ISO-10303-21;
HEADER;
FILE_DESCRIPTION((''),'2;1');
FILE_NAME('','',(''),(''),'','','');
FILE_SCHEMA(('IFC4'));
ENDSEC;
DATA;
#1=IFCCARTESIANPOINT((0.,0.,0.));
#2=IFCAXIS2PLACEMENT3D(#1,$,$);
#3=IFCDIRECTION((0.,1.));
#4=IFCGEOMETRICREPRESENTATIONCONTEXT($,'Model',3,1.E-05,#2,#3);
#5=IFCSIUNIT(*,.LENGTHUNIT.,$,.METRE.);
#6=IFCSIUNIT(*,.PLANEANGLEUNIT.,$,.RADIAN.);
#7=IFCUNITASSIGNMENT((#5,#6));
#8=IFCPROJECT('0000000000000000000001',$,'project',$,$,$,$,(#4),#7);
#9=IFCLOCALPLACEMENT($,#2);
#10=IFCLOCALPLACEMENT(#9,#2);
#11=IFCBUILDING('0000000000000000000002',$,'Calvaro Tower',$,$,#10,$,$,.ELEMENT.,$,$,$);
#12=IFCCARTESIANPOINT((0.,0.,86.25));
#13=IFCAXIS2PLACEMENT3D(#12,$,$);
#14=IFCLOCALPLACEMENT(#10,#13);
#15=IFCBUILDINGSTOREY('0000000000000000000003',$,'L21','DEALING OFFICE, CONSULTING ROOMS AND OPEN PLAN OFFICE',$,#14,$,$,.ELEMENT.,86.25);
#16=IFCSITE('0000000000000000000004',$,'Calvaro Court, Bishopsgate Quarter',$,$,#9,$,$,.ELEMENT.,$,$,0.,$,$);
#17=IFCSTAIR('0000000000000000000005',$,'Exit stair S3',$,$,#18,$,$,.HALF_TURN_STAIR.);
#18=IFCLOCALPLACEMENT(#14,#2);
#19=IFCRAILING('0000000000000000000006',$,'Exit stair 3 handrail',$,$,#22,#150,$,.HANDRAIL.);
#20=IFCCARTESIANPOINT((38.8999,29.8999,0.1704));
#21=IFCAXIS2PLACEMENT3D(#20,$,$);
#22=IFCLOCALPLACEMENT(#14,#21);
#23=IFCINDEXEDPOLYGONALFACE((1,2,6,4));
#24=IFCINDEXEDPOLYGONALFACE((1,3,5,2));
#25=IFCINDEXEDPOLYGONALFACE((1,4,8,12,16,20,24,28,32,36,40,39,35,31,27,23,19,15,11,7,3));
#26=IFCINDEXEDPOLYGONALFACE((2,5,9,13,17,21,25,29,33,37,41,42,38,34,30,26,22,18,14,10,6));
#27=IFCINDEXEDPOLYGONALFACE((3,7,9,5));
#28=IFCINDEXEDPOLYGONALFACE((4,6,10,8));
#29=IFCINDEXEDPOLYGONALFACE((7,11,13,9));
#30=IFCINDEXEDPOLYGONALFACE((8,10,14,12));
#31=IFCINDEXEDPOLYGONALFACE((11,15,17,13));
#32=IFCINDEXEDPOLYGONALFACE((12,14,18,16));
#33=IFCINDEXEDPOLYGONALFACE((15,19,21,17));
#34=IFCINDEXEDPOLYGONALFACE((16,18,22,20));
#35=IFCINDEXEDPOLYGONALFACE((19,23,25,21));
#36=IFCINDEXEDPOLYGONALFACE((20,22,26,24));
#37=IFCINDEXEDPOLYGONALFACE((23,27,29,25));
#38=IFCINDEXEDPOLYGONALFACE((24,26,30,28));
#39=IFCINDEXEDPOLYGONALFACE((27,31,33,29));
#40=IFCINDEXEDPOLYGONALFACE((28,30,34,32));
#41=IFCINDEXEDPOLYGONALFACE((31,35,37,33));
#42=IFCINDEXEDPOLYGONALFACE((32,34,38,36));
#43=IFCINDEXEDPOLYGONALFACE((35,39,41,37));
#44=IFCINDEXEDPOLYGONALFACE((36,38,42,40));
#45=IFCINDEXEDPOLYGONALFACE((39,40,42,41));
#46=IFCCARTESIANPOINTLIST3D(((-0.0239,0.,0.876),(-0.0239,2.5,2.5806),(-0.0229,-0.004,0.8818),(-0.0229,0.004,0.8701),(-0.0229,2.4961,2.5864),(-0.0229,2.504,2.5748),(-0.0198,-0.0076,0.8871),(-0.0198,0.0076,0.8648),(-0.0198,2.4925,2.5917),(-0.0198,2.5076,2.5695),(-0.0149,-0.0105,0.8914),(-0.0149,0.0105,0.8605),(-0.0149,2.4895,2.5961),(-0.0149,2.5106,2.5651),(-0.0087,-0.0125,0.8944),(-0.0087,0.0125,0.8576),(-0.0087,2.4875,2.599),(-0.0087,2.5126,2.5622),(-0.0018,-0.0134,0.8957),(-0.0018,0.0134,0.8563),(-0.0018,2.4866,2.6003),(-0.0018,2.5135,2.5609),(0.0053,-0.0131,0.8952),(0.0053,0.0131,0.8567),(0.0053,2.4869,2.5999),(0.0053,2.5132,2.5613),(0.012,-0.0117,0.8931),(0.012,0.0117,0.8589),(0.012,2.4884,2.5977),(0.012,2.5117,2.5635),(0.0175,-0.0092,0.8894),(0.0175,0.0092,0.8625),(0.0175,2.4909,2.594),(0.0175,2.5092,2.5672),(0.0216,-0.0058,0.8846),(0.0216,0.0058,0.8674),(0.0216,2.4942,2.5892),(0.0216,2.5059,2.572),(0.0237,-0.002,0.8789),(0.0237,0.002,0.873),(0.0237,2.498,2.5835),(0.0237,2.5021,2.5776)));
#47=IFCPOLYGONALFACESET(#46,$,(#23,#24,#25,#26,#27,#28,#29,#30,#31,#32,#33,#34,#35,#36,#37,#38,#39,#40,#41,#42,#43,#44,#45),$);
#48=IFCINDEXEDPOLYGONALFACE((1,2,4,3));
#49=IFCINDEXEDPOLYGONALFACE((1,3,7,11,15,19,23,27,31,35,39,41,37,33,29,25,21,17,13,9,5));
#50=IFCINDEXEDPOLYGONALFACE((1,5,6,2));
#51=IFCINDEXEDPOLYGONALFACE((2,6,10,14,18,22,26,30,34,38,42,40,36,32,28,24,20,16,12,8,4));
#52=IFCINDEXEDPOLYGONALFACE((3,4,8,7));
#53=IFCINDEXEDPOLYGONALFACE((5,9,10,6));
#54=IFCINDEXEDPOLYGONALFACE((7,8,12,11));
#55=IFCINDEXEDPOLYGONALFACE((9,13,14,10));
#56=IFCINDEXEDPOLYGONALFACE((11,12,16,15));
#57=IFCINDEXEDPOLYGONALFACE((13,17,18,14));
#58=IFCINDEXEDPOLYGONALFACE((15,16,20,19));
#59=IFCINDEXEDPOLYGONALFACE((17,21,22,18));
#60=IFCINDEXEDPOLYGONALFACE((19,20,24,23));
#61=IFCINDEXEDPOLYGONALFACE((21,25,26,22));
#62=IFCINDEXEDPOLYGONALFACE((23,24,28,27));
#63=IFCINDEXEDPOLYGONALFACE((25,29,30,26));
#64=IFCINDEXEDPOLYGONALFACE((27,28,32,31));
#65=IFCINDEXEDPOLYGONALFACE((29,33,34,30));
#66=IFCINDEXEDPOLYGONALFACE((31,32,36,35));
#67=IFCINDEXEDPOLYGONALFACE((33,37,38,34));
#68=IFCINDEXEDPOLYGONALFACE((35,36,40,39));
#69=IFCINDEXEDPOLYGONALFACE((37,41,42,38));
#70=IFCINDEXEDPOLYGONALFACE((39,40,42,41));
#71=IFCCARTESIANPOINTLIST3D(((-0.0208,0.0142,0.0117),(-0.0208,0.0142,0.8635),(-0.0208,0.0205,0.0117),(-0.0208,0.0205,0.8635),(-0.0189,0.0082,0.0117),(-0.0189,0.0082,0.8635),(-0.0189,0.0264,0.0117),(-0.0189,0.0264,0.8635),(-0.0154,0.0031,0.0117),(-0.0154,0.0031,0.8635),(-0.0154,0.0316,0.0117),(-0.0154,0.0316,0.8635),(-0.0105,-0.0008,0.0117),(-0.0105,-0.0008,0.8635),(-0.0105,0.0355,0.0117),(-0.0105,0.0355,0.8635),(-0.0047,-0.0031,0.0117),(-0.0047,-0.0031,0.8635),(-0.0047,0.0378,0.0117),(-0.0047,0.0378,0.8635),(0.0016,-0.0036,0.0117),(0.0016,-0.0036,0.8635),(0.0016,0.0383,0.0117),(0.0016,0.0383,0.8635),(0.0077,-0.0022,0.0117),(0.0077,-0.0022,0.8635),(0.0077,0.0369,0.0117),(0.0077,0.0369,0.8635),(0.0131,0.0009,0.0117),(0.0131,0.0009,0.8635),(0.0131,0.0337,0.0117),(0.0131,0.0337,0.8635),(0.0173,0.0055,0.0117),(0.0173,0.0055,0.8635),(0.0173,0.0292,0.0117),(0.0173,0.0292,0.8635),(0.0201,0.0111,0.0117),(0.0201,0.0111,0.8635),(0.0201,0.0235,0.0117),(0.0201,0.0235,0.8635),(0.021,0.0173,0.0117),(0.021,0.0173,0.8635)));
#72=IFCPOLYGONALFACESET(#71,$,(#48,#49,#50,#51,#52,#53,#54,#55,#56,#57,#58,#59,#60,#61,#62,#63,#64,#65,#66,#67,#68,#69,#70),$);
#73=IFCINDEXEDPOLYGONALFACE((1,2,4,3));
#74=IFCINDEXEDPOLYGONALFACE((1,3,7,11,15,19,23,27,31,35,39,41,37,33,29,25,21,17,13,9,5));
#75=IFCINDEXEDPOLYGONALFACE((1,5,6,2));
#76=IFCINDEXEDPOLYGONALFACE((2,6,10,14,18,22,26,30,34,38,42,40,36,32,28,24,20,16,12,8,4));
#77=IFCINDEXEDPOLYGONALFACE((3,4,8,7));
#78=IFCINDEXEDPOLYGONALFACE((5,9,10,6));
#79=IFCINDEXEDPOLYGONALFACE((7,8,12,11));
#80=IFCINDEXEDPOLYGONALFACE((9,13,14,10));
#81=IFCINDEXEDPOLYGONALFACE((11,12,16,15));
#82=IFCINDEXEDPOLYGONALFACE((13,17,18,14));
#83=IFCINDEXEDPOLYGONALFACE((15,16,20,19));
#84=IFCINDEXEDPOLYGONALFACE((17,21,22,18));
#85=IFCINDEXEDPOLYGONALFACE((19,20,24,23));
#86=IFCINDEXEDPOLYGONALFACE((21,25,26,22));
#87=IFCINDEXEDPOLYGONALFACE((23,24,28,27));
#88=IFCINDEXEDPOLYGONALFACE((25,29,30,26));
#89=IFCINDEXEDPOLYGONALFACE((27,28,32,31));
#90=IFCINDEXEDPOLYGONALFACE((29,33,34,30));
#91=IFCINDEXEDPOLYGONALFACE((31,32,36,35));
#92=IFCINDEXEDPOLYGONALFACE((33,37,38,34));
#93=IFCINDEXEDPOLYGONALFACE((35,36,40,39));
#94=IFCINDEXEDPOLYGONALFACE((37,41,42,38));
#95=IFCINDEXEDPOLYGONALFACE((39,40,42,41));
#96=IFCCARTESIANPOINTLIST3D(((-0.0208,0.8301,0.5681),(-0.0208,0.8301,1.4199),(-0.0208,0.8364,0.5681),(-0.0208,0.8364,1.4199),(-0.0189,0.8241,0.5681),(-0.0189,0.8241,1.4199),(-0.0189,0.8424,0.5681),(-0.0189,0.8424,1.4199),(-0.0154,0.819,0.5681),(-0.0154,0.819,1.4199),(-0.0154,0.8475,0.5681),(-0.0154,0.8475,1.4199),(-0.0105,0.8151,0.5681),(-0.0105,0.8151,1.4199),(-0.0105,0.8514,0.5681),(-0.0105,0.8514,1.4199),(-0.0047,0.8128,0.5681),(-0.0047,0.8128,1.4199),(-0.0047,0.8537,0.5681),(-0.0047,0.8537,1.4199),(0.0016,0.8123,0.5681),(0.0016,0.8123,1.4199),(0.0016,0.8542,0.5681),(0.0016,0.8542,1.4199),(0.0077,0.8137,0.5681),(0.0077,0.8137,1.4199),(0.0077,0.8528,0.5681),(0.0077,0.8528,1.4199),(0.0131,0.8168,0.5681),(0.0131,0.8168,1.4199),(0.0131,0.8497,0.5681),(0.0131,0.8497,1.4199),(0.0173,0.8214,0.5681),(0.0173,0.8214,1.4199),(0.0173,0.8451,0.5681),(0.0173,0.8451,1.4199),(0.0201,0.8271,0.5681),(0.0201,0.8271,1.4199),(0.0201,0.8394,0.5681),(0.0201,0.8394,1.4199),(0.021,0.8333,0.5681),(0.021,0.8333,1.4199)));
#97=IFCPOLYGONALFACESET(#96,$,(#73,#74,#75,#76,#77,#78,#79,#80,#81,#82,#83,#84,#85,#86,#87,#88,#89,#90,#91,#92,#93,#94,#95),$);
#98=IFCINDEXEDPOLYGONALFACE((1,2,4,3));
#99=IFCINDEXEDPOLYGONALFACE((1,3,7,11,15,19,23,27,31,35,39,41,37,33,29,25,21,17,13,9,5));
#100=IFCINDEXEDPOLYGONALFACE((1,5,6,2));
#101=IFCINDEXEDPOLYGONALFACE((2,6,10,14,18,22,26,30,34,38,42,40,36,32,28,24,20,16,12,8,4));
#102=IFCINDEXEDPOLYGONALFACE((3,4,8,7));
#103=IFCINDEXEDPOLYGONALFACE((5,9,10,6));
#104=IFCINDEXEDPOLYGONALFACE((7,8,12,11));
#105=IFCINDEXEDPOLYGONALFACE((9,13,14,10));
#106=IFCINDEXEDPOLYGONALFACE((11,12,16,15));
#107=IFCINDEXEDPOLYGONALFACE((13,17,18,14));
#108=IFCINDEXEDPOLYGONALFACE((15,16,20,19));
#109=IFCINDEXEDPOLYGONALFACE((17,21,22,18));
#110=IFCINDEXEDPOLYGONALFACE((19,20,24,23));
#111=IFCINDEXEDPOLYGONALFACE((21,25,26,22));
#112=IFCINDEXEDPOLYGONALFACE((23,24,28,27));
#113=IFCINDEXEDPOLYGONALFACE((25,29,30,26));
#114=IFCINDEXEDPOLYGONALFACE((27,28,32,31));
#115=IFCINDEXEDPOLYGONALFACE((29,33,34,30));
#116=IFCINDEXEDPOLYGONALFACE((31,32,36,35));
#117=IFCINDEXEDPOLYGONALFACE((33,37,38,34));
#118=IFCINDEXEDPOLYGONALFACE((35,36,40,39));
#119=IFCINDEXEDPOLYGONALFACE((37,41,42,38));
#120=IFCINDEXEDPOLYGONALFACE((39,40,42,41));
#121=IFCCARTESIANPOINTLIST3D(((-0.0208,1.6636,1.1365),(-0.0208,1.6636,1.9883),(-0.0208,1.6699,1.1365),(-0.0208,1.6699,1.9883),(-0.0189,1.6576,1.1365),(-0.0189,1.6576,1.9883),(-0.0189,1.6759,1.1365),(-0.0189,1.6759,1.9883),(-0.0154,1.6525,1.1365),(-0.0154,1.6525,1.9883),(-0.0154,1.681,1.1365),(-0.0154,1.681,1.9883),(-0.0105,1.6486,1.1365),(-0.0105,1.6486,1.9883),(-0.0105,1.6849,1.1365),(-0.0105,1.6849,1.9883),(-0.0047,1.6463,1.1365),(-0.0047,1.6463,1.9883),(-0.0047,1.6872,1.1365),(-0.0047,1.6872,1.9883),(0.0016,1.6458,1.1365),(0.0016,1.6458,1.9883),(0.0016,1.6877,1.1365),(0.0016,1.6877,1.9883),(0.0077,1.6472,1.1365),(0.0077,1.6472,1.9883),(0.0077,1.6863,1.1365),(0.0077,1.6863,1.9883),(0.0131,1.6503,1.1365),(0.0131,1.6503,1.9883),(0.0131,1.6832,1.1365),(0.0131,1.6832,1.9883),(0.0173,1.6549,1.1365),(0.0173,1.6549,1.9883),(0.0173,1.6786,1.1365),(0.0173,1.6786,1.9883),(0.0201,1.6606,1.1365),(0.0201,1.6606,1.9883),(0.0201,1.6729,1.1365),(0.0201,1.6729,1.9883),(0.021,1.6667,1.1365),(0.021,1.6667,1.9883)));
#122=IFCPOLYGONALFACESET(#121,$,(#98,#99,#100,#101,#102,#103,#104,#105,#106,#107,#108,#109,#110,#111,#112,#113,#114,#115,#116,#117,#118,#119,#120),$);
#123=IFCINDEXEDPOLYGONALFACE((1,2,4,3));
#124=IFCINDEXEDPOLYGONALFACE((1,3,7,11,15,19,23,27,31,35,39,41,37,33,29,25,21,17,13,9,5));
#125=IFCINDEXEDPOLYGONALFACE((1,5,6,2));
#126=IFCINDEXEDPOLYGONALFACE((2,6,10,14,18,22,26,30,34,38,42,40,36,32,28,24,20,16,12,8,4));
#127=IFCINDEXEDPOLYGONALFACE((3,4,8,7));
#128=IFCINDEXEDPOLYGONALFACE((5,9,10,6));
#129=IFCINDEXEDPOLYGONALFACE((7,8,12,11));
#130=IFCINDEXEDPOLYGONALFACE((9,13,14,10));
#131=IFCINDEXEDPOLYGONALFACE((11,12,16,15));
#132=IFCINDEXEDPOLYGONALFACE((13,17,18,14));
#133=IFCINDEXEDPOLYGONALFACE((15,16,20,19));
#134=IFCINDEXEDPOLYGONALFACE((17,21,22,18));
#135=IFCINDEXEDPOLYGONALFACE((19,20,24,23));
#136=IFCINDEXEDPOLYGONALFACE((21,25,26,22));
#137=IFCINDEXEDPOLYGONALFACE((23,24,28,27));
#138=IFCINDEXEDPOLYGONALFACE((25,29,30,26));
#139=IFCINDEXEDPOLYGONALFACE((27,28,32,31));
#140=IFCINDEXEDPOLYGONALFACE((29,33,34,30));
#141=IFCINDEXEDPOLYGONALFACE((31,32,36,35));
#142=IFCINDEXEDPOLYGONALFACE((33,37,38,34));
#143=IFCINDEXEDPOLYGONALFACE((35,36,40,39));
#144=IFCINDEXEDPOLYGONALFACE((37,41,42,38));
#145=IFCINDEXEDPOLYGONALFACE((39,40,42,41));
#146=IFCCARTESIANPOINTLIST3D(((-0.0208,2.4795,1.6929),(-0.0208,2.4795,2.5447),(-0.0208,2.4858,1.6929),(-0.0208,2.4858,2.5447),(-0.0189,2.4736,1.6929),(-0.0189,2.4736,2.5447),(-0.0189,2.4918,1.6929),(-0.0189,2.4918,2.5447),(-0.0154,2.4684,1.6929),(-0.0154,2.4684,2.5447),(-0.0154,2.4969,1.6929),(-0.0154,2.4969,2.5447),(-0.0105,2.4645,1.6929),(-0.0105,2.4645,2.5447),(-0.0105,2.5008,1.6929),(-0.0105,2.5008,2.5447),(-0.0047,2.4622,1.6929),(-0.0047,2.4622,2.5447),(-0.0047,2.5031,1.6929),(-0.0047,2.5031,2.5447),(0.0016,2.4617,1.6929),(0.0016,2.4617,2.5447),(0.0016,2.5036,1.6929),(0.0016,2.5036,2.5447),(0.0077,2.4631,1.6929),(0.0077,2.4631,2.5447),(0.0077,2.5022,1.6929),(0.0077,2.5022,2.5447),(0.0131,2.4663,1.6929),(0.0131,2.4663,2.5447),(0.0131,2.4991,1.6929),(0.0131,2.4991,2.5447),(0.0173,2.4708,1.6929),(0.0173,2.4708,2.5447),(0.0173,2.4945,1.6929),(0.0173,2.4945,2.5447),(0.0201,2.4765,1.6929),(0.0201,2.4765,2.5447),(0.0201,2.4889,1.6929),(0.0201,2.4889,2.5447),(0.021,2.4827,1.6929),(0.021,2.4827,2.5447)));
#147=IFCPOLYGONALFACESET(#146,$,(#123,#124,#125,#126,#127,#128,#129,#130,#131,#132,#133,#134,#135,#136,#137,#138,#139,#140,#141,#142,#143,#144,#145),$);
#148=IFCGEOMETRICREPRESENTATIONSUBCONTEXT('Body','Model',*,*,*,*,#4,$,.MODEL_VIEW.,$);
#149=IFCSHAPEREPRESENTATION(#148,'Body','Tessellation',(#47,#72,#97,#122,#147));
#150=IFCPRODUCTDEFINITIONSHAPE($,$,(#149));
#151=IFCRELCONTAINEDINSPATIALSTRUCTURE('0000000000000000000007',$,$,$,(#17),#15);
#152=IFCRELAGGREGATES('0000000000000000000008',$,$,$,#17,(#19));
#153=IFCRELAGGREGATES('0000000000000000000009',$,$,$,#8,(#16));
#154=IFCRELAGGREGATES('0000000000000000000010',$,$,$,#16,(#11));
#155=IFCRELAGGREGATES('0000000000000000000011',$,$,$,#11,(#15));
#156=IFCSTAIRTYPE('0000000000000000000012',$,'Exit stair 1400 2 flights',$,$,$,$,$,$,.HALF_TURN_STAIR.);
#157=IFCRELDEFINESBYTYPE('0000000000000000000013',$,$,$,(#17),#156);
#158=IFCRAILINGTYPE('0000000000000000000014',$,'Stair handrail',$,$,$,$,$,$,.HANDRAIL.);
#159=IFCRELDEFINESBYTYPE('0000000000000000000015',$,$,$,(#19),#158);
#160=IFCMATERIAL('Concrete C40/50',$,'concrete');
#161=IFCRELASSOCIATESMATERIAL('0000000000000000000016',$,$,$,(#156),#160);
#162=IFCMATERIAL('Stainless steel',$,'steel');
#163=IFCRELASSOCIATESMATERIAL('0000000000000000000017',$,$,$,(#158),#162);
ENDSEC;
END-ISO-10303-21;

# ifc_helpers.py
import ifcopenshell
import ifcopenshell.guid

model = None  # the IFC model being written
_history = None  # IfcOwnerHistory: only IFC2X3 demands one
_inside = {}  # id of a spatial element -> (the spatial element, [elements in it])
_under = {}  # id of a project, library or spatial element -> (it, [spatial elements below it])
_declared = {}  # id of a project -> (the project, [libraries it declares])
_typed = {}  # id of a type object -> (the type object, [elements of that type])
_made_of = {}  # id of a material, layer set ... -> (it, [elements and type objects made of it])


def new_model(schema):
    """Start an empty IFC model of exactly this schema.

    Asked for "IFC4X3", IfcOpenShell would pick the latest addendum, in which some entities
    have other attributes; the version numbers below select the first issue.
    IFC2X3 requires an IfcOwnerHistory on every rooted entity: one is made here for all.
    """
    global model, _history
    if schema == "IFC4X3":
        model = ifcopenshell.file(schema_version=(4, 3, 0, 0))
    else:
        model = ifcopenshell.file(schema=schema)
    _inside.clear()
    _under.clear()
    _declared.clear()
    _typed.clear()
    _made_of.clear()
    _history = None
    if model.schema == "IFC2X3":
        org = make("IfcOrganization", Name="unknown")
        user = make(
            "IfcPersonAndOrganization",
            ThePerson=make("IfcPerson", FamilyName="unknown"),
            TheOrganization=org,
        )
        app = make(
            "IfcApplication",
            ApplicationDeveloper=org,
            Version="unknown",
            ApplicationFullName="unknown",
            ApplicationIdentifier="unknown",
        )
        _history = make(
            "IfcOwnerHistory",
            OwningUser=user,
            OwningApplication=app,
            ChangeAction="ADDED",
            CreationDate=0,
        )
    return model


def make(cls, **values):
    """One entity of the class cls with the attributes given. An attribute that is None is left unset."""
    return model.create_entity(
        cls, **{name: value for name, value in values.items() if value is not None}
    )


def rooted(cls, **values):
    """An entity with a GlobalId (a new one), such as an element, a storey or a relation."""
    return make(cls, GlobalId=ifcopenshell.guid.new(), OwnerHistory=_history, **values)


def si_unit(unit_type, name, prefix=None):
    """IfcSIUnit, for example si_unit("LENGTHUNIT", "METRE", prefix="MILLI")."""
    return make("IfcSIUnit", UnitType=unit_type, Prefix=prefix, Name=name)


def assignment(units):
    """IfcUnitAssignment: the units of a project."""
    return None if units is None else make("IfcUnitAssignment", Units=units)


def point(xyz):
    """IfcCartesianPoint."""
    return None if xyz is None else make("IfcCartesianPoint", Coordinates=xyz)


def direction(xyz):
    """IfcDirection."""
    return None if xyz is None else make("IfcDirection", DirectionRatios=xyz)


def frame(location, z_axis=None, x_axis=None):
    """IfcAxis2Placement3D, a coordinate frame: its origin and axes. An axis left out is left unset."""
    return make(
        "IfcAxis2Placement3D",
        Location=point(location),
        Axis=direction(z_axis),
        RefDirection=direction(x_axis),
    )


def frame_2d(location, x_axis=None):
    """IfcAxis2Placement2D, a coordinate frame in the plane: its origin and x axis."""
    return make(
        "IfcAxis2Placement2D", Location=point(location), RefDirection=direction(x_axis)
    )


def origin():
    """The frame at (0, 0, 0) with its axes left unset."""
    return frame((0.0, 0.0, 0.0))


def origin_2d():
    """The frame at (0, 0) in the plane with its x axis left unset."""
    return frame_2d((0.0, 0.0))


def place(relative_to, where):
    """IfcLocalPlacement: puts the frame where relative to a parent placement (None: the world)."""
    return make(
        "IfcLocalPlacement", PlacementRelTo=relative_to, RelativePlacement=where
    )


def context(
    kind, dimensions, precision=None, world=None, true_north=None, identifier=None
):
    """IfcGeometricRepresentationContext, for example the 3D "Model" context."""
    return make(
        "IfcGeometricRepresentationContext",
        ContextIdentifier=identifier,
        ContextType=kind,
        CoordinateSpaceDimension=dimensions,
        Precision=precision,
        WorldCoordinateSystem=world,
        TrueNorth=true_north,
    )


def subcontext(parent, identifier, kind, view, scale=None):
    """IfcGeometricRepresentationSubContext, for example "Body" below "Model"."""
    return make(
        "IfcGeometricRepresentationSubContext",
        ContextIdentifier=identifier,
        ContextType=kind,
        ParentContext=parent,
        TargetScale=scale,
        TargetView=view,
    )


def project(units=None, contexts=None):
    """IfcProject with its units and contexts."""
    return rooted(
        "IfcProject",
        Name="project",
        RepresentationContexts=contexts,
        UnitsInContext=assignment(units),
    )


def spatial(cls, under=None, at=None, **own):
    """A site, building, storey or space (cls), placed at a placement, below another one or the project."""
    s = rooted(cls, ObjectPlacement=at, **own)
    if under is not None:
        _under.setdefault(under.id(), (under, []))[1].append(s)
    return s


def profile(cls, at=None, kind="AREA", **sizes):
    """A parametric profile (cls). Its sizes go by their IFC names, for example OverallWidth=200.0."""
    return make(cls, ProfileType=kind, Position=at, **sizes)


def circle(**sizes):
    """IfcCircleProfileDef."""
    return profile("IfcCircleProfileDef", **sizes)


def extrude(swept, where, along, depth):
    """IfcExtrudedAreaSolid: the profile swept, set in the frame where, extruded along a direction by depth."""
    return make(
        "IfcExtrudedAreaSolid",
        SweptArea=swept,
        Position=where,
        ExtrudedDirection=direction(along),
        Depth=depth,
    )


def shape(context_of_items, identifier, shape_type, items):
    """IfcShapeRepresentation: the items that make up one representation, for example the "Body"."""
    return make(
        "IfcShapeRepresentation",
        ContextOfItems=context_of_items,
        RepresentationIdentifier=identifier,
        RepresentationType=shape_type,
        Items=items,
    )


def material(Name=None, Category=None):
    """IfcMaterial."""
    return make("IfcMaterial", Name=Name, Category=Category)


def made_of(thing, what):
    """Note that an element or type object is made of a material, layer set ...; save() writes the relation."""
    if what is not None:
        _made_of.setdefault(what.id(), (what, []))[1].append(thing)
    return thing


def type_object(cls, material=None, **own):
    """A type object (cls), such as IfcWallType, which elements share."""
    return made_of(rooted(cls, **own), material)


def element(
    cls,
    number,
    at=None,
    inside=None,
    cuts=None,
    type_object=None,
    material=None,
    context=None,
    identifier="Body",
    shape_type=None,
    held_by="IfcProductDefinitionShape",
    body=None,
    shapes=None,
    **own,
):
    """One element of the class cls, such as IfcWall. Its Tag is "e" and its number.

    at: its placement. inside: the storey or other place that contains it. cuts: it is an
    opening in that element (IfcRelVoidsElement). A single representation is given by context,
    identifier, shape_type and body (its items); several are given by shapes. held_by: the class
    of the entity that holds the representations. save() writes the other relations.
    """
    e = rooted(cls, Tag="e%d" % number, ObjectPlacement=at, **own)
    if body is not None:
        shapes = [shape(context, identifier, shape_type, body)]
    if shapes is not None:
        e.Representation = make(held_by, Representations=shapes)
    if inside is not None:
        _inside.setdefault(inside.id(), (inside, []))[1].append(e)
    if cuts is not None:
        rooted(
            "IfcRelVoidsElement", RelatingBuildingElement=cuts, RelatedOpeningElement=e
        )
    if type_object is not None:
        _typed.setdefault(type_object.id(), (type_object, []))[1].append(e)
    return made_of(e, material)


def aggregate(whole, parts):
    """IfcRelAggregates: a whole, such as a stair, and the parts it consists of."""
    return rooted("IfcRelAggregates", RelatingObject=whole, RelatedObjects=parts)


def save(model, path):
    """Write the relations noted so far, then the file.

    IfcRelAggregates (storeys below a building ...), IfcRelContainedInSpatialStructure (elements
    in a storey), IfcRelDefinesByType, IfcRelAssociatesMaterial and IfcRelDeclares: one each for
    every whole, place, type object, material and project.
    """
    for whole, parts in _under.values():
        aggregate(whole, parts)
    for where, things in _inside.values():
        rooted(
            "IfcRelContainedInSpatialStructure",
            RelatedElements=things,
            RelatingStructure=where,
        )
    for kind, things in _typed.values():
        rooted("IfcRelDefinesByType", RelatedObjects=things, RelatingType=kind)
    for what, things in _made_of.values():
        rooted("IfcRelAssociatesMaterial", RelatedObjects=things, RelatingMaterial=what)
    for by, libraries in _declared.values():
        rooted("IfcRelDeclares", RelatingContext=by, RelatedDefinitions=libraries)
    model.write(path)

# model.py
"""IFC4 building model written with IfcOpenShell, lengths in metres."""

from ifc_helpers import new_model, si_unit, direction, frame, origin, origin_2d, place, context, subcontext, project, spatial, circle, extrude, material, type_object, element, aggregate, save


model = new_model("IFC4")

# Units and contexts
model_context = context("Model", 3, precision=1e-05, world=origin(), true_north=direction((0.0, 1.0)))
body_context = subcontext(model_context, "Body", "Model", "MODEL_VIEW")
ifc_project = project(units=[si_unit("LENGTHUNIT", "METRE"), si_unit("PLANEANGLEUNIT", "RADIAN")], contexts=[model_context])

# Site, building, storey
site_placement = place(None, origin())
site = spatial("IfcSite", under=ifc_project, at=site_placement, Name="Calvaro Court, Bishopsgate Quarter", CompositionType="ELEMENT", RefElevation=0.0)
building_placement = place(site_placement, origin())
building = spatial("IfcBuilding", under=site, at=building_placement, Name="Calvaro Tower", CompositionType="ELEMENT")
storey_placement = place(building_placement, frame((0.0, 0.0, 86.25)))
storey = spatial("IfcBuildingStorey", under=building, at=storey_placement, Name="L21", Description="DEALING OFFICE, CONSULTING ROOMS AND OPEN PLAN OFFICE", CompositionType="ELEMENT", Elevation=86.25)

# Stair
ifc_material_1 = material(Name="Concrete C40/50", Category="concrete")
stair_type = type_object("IfcStairType", Name="Exit stair 1400 2 flights", PredefinedType="HALF_TURN_STAIR", material=ifc_material_1)
stair_1_placement = place(storey_placement, origin())
stair_1 = element("IfcStair", 1, at=stair_1_placement, inside=storey, type_object=stair_type, Name="Exit stair S3", PredefinedType="HALF_TURN_STAIR")

# Railing
ifc_material_2 = material(Name="Stainless steel", Category="steel")
railing_type = type_object("IfcRailingType", Name="Stair handrail", PredefinedType="HANDRAIL", material=ifc_material_2)
railing_1_placement = place(storey_placement, frame((38.8999, 29.8999, 0.1704)))
railing_1 = element("IfcRailing", 2, at=railing_1_placement, type_object=railing_type, Name="Exit stair 3 handrail", PredefinedType="HANDRAIL", context=body_context, shape_type="SweptSolid", body=[
    extrude(circle(Radius=0.0239, at=origin_2d()), frame((0.0, 0.0, 0.876), z_axis=(0.0, 0.826221, 0.563347), x_axis=(-1.0, 0.0, 0.0)), (0.0, 0.0, 1.0), 3.0259),
    extrude(circle(Radius=0.021, at=origin_2d()), frame((0.0, 0.0173, 0.0117)), (0.0, 0.0, 1.0), 0.8518),
    extrude(circle(Radius=0.021, at=origin_2d()), frame((0.0, 0.8333, 0.5681)), (0.0, 0.0, 1.0), 0.8518),
    extrude(circle(Radius=0.021, at=origin_2d()), frame((0.0, 1.6667, 1.1365)), (0.0, 0.0, 1.0), 0.8518),
    extrude(circle(Radius=0.021, at=origin_2d()), frame((0.0, 2.4827, 1.6929)), (0.0, 0.0, 1.0), 0.8518),
])
aggregate(stair_1, [railing_1])

save(model, "model.ifc")
